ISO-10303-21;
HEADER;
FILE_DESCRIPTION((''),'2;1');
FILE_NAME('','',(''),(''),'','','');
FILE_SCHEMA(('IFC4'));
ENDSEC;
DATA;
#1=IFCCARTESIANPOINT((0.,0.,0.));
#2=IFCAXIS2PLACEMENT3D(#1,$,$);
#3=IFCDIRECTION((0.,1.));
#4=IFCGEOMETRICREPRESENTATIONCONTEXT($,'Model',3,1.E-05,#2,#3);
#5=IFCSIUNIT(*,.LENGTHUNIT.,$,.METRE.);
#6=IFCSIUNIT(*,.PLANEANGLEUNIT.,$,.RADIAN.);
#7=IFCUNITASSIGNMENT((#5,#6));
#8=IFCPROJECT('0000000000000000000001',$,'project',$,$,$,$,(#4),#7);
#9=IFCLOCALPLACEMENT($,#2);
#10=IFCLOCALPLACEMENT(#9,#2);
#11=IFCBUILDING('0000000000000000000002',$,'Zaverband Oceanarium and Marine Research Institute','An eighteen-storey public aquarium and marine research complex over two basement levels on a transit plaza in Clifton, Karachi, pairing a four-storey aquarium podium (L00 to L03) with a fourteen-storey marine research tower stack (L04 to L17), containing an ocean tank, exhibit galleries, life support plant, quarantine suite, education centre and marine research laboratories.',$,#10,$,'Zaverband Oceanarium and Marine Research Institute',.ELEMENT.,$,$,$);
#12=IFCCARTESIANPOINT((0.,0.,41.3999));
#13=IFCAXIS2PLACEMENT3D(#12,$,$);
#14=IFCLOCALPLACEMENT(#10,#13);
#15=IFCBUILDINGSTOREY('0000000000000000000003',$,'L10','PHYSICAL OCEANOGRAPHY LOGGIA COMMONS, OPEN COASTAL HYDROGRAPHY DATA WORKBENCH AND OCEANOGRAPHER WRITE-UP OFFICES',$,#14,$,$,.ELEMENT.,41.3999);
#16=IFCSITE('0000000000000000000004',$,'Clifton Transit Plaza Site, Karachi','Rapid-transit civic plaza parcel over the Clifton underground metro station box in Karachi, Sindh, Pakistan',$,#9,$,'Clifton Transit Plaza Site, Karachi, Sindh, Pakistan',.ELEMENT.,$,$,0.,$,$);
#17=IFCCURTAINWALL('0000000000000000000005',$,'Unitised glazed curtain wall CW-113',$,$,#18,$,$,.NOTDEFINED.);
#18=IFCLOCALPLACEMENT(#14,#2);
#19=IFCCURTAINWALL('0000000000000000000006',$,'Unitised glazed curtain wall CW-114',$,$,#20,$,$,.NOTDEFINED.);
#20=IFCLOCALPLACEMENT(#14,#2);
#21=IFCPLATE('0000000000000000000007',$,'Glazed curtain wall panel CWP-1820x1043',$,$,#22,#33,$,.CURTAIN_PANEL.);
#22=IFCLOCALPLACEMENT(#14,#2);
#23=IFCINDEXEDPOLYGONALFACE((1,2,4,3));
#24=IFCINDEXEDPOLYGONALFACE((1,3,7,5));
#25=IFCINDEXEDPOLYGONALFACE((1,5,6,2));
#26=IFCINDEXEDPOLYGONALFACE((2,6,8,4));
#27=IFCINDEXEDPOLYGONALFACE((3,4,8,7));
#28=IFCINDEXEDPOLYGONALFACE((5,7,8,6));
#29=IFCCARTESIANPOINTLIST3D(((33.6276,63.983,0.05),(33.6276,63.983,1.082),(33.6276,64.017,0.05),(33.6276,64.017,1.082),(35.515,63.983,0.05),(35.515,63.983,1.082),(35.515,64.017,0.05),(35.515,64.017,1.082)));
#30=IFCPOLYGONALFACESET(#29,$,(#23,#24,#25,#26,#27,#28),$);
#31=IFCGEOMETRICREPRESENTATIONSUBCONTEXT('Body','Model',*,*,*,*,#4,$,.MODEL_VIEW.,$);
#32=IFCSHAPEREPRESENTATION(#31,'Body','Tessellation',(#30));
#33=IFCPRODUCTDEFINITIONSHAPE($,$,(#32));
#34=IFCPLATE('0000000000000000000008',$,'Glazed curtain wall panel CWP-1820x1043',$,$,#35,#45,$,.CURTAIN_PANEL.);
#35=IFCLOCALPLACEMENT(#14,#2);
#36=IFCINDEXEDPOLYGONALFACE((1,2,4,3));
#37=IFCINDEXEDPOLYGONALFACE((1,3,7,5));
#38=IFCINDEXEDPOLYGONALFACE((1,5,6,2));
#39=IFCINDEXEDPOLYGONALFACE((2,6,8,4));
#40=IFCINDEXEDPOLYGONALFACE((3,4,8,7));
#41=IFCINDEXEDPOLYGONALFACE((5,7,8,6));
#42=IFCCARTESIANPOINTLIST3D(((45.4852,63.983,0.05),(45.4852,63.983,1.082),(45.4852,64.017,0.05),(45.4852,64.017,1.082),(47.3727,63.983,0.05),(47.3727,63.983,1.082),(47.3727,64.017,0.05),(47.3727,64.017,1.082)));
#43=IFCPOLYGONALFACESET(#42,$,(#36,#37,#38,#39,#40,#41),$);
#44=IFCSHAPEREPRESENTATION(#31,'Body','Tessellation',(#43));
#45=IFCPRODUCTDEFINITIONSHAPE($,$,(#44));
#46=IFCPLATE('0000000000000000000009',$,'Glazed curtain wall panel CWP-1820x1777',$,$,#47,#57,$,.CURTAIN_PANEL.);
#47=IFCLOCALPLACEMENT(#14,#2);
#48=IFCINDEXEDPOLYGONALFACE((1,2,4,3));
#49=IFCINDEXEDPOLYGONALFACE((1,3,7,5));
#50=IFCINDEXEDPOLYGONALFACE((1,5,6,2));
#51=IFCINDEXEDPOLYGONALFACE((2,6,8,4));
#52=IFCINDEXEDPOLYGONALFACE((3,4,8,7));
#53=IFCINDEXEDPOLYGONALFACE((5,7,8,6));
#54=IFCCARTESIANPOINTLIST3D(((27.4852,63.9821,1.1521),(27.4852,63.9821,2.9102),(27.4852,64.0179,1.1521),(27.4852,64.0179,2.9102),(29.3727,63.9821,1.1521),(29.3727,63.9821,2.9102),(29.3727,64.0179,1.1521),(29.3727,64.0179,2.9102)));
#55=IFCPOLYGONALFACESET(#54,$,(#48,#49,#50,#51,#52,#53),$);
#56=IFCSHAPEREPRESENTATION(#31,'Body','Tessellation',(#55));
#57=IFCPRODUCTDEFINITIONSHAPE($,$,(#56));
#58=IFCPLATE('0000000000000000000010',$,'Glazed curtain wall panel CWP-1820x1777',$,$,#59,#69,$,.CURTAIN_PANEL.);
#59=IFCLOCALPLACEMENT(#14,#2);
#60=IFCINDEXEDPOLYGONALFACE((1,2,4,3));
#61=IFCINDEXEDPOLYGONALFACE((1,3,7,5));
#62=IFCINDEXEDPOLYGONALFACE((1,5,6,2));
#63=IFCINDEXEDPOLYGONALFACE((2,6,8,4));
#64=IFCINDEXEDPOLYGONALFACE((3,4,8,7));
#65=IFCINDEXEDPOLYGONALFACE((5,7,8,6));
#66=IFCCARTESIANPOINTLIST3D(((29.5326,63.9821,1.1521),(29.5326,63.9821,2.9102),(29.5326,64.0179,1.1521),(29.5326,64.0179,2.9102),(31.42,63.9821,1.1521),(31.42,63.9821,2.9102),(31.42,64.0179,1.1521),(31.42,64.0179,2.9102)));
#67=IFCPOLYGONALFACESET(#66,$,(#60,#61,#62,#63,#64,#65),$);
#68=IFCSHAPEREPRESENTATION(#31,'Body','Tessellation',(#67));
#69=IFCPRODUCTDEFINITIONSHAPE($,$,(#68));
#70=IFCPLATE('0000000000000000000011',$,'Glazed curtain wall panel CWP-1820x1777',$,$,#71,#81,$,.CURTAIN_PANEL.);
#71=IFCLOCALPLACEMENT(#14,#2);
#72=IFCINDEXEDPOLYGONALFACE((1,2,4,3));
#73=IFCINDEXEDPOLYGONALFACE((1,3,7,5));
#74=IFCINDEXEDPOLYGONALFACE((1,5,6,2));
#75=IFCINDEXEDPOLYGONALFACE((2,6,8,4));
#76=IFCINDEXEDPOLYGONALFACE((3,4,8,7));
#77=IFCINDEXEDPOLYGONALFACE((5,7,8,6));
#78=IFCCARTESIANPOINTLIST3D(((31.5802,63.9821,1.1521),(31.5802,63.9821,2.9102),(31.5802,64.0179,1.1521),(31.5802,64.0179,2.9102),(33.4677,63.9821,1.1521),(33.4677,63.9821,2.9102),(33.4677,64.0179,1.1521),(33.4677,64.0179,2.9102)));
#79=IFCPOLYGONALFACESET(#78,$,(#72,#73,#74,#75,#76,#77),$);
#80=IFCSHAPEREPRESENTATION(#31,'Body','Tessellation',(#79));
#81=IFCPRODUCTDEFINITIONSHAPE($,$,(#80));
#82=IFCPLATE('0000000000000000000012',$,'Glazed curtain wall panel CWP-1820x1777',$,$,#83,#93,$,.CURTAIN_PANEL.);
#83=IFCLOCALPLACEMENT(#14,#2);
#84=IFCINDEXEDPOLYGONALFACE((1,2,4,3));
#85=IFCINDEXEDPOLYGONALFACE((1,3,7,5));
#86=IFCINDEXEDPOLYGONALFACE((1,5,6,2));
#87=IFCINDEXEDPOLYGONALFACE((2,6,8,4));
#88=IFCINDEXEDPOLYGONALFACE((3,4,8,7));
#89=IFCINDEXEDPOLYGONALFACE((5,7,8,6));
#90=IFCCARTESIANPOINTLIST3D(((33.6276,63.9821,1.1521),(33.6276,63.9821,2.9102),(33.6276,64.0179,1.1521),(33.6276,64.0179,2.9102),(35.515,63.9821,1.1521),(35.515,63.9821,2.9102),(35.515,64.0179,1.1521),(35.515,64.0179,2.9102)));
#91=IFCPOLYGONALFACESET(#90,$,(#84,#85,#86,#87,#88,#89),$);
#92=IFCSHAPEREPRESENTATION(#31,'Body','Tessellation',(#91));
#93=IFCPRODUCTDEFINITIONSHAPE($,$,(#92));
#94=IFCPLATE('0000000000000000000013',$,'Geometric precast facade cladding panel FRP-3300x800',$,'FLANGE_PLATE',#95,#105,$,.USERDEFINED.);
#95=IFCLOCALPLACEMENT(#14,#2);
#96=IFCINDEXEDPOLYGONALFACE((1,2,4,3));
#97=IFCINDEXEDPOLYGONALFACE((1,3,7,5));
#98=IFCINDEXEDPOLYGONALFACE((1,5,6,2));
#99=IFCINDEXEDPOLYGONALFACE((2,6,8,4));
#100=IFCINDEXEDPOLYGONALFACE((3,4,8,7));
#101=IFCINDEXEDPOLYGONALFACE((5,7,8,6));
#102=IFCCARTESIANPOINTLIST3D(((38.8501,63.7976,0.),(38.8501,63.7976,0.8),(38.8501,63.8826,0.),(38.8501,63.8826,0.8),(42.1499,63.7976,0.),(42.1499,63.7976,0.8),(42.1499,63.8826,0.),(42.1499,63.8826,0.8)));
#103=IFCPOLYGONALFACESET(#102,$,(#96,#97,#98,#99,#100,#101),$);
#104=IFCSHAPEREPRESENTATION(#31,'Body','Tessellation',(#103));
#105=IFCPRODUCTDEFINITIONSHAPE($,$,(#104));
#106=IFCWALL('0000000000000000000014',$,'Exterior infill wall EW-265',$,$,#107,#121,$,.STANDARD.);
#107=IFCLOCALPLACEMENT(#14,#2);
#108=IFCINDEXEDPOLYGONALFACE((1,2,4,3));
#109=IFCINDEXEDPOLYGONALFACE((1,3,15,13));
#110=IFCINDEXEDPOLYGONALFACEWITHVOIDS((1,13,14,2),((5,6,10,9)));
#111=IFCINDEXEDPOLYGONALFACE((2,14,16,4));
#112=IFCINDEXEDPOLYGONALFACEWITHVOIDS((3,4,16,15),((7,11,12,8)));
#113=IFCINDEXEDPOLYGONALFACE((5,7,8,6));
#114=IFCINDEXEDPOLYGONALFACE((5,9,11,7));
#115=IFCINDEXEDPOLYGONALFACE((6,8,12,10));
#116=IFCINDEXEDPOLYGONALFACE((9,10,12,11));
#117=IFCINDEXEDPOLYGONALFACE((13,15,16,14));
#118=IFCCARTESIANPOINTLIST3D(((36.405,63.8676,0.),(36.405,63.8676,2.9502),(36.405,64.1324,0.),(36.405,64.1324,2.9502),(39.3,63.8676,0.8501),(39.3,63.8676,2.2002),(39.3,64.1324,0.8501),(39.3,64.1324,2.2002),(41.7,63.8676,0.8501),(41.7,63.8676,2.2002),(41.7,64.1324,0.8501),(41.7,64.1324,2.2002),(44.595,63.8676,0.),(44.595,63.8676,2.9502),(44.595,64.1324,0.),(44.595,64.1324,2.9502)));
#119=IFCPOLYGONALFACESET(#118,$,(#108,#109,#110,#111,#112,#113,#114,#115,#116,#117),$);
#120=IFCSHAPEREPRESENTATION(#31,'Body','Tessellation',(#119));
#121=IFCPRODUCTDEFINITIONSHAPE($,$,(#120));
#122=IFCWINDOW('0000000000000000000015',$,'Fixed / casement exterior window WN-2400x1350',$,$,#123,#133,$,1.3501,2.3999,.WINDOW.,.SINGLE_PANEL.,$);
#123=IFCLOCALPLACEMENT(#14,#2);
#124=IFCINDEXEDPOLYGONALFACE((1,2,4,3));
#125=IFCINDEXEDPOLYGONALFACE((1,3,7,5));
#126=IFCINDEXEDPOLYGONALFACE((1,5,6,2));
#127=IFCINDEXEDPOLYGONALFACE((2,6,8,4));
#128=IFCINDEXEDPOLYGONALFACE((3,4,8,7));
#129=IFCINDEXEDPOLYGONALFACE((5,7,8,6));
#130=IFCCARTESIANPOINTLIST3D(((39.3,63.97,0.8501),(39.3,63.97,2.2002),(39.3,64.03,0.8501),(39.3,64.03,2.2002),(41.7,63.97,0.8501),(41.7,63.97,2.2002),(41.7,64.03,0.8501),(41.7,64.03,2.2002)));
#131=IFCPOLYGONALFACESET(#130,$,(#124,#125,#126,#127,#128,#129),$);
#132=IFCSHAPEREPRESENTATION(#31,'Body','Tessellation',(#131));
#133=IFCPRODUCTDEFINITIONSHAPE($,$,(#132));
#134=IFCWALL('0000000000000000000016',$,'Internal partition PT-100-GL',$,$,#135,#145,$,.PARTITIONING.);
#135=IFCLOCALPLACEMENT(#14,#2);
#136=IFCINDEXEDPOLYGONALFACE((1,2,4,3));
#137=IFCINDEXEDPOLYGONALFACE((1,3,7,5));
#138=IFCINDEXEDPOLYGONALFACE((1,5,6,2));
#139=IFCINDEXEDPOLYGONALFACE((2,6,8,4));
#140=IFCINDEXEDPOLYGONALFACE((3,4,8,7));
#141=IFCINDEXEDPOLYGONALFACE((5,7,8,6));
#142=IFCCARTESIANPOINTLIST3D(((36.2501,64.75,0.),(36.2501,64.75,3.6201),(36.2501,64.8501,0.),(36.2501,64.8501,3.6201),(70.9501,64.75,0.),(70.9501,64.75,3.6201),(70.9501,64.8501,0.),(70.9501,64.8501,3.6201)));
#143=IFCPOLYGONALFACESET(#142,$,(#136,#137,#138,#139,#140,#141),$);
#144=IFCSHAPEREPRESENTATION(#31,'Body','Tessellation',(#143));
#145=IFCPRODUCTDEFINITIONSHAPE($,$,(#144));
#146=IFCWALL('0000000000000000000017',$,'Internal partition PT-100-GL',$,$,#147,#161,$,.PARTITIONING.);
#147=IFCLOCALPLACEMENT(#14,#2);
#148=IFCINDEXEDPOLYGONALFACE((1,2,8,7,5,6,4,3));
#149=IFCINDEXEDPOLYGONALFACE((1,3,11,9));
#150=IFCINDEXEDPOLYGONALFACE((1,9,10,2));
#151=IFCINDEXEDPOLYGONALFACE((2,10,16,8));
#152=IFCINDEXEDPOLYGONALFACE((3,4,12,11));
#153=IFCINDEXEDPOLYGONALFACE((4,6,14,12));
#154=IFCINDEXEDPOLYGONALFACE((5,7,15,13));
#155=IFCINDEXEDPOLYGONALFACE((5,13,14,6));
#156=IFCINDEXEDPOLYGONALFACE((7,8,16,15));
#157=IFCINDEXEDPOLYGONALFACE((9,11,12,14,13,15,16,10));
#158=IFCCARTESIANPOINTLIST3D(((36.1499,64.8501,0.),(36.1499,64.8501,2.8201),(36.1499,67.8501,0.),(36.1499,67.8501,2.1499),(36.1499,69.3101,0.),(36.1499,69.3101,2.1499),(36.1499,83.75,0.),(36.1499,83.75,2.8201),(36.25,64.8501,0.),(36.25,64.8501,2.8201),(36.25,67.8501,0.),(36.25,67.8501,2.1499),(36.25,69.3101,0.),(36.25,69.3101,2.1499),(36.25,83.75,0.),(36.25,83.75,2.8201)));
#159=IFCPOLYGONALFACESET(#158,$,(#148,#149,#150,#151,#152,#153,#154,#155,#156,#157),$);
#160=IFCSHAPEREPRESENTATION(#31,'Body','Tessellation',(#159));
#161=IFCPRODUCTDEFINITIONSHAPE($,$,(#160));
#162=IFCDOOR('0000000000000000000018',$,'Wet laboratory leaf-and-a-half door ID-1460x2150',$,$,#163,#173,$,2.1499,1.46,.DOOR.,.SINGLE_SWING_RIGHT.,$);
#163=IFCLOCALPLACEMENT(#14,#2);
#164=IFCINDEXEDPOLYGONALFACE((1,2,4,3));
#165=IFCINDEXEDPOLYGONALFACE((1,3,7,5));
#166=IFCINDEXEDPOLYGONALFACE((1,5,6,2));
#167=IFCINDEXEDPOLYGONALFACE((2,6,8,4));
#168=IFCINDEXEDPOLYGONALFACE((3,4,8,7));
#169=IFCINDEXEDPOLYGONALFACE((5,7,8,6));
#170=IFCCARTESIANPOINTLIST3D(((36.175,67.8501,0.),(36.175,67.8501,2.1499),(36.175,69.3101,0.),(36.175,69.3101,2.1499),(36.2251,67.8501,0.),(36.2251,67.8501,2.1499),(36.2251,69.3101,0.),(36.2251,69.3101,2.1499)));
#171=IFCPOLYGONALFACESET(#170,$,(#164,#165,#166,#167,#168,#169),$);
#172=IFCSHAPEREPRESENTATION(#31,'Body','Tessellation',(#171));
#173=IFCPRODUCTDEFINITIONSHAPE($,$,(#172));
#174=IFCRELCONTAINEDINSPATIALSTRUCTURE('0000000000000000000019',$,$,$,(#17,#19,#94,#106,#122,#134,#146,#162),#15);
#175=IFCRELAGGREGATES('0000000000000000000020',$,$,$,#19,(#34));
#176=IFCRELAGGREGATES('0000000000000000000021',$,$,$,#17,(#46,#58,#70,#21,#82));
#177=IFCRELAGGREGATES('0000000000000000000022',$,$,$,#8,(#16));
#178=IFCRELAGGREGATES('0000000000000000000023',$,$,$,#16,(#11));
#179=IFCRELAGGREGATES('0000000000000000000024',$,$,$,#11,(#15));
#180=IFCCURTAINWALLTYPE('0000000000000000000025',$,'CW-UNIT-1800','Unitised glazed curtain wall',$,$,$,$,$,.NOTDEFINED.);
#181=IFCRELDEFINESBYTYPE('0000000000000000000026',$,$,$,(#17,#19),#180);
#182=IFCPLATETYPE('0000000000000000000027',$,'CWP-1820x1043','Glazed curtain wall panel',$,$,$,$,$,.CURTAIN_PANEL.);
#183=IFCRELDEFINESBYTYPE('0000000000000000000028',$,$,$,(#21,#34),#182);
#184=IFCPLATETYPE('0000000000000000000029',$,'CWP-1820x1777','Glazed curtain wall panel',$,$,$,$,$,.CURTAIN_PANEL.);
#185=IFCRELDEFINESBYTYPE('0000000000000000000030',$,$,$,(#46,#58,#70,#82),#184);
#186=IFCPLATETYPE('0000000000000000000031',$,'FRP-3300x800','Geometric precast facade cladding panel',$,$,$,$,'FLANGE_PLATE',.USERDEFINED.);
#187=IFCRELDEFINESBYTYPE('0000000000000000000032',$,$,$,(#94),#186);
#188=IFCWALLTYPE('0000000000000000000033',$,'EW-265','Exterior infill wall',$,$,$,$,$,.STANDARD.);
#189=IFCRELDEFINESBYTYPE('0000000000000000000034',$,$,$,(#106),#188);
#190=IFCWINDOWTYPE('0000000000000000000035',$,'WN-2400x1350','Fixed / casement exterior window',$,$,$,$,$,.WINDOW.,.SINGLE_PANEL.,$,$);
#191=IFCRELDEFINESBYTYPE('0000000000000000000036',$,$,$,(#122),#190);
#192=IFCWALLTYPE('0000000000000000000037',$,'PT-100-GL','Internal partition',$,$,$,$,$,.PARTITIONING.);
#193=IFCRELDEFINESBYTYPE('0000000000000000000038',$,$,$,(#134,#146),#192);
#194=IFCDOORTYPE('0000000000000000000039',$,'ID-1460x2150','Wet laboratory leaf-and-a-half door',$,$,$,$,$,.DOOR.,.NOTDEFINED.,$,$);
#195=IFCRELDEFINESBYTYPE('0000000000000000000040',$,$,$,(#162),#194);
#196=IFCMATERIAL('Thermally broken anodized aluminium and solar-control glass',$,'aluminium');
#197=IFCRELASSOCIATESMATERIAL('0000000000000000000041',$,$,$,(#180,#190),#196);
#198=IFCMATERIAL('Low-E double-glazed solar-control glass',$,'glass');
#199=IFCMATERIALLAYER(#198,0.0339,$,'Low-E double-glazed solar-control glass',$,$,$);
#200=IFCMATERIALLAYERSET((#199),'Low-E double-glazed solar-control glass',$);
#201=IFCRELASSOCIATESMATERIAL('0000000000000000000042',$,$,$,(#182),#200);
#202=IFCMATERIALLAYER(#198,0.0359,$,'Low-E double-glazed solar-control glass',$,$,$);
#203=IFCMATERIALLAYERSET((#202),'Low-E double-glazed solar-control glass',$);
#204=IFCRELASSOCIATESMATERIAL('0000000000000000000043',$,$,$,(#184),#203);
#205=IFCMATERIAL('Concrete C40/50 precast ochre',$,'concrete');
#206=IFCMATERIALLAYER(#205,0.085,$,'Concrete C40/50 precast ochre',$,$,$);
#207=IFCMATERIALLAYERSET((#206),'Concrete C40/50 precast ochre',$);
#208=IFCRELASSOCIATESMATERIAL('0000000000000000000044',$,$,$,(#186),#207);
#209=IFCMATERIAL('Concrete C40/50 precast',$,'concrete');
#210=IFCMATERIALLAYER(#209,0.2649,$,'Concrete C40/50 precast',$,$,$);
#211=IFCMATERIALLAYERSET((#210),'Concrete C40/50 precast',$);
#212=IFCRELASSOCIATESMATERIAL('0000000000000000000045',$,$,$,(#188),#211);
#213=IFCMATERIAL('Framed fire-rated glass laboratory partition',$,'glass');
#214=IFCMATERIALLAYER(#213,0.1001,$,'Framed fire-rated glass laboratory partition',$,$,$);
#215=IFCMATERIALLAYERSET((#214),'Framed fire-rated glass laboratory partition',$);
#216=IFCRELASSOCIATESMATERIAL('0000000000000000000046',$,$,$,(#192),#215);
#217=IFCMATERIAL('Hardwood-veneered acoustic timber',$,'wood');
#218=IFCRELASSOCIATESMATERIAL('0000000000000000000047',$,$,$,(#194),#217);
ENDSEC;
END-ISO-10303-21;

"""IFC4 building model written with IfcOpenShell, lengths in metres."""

from ifc_helpers import new_model, si_unit, direction, frame, frame_2d, origin, place, context, subcontext, project, spatial, rectangle, extrude, material, layer, layer_set, type_object, element, fill, aggregate, save


model = new_model("IFC4")

# Units and contexts
model_context = context("Model", 3, precision=1e-05, world=origin(), true_north=direction((0.0, 1.0)))
body_context = subcontext(model_context, "Body", "Model", "MODEL_VIEW")
ifc_project = project(units=[si_unit("LENGTHUNIT", "METRE"), si_unit("PLANEANGLEUNIT", "RADIAN")], contexts=[model_context])

# Site, building, storey
site_placement = place(None, origin())
site = spatial("IfcSite", under=ifc_project, at=site_placement, Name="Clifton Transit Plaza Site, Karachi", Description="Rapid-transit civic plaza parcel over the Clifton underground metro station box in Karachi, Sindh, Pakistan", LongName="Clifton Transit Plaza Site, Karachi, Sindh, Pakistan", CompositionType="ELEMENT", RefElevation=0.0)
building_placement = place(site_placement, origin())
building = spatial("IfcBuilding", under=site, at=building_placement, Name="Zaverband Oceanarium and Marine Research Institute", Description="An eighteen-storey public aquarium and marine research complex over two basement levels on a transit plaza in Clifton, Karachi, pairing a four-storey aquarium podium (L00 to L03) with a fourteen-storey marine research tower stack (L04 to L17), containing an ocean tank, exhibit galleries, life support plant, quarantine suite, education centre and marine research laboratories.", LongName="Zaverband Oceanarium and Marine Research Institute", CompositionType="ELEMENT")
storey_placement = place(building_placement, frame((0.0, 0.0, 41.3999)))
storey = spatial("IfcBuildingStorey", under=building, at=storey_placement, Name="L10", Description="PHYSICAL OCEANOGRAPHY LOGGIA COMMONS, OPEN COASTAL HYDROGRAPHY DATA WORKBENCH AND OCEANOGRAPHER WRITE-UP OFFICES", CompositionType="ELEMENT", Elevation=41.3999)

# Curtain wall
ifc_material_1 = material(Name="Thermally broken anodized aluminium and solar-control glass", Category="aluminium")
curtain_wall_type = type_object("IfcCurtainWallType", Name="CW-UNIT-1800", Description="Unitised glazed curtain wall", PredefinedType="NOTDEFINED", material=ifc_material_1)
curtain_wall_1_placement = place(storey_placement, origin())
curtain_wall_1 = element("IfcCurtainWall", 1, at=curtain_wall_1_placement, inside=storey, type_object=curtain_wall_type, Name="Unitised glazed curtain wall CW-113", PredefinedType="NOTDEFINED")

# Curtain wall
curtain_wall_2_placement = place(storey_placement, origin())
curtain_wall_2 = element("IfcCurtainWall", 2, at=curtain_wall_2_placement, inside=storey, type_object=curtain_wall_type, Name="Unitised glazed curtain wall CW-114", PredefinedType="NOTDEFINED")

# Plates
ifc_material_2 = material(Name="Low-E double-glazed solar-control glass", Category="glass")
ifc_layer_1 = layer(ifc_material_2, 0.0339, Name="Low-E double-glazed solar-control glass")
ifc_layer_set_1 = layer_set([ifc_layer_1], Name="Low-E double-glazed solar-control glass")
plate_type_1 = type_object("IfcPlateType", Name="CWP-1820x1043", Description="Glazed curtain wall panel", PredefinedType="CURTAIN_PANEL", material=ifc_layer_set_1)
plate_1_placement = place(storey_placement, frame((33.6274, 64.0, 0.05), z_axis=(0.0, 0.0, 1.0), x_axis=(1.0, 0.0, 0.0)))
plate_1 = element("IfcPlate", 3, at=plate_1_placement, type_object=plate_type_1, Name="Glazed curtain wall panel CWP-1820x1043", PredefinedType="CURTAIN_PANEL", context=body_context, shape_type="SweptSolid", body=[
    extrude(rectangle(XDim=1.8875, YDim=0.0339, at=frame_2d((0.9438, 0.0))), origin(), (0.0, 0.0, 1.0), 1.032),
])
plate_2_placement = place(storey_placement, frame((45.4851, 64.0, 0.05), z_axis=(0.0, 0.0, 1.0), x_axis=(1.0, 0.0, 0.0)))
plate_2 = element("IfcPlate", 4, at=plate_2_placement, type_object=plate_type_1, Name="Glazed curtain wall panel CWP-1820x1043", PredefinedType="CURTAIN_PANEL", context=body_context, shape_type="SweptSolid", body=[
    extrude(rectangle(XDim=1.8875, YDim=0.0339, at=frame_2d((0.9438, 0.0))), origin(), (0.0, 0.0, 1.0), 1.032),
])
aggregate(curtain_wall_2, [plate_2])
ifc_layer_2 = layer(ifc_material_2, 0.0359, Name="Low-E double-glazed solar-control glass")
ifc_layer_set_2 = layer_set([ifc_layer_2], Name="Low-E double-glazed solar-control glass")
plate_type_2 = type_object("IfcPlateType", Name="CWP-1820x1777", Description="Glazed curtain wall panel", PredefinedType="CURTAIN_PANEL", material=ifc_layer_set_2)
plate_3_placement = place(storey_placement, frame((27.4851, 64.0, 1.1521), z_axis=(0.0, 0.0, 1.0), x_axis=(1.0, 0.0, 0.0)))
plate_3 = element("IfcPlate", 5, at=plate_3_placement, type_object=plate_type_2, Name="Glazed curtain wall panel CWP-1820x1777", PredefinedType="CURTAIN_PANEL", context=body_context, shape_type="SweptSolid", body=[
    extrude(rectangle(XDim=1.8875, YDim=0.0359, at=frame_2d((0.9438, 0.0))), origin(), (0.0, 0.0, 1.0), 1.7581),
])
plate_4_placement = place(storey_placement, frame((29.5325, 64.0, 1.1521), z_axis=(0.0, 0.0, 1.0), x_axis=(1.0, 0.0, 0.0)))
plate_4 = element("IfcPlate", 6, at=plate_4_placement, type_object=plate_type_2, Name="Glazed curtain wall panel CWP-1820x1777", PredefinedType="CURTAIN_PANEL", context=body_context, shape_type="SweptSolid", body=[
    extrude(rectangle(XDim=1.8875, YDim=0.0359, at=frame_2d((0.9438, 0.0))), origin(), (0.0, 0.0, 1.0), 1.7581),
])
plate_5_placement = place(storey_placement, frame((31.5801, 64.0, 1.1521), z_axis=(0.0, 0.0, 1.0), x_axis=(1.0, 0.0, 0.0)))
plate_5 = element("IfcPlate", 7, at=plate_5_placement, type_object=plate_type_2, Name="Glazed curtain wall panel CWP-1820x1777", PredefinedType="CURTAIN_PANEL", context=body_context, shape_type="SweptSolid", body=[
    extrude(rectangle(XDim=1.8875, YDim=0.0359, at=frame_2d((0.9438, 0.0))), origin(), (0.0, 0.0, 1.0), 1.7581),
])
plate_6_placement = place(storey_placement, frame((33.6274, 64.0, 1.1521), z_axis=(0.0, 0.0, 1.0), x_axis=(1.0, 0.0, 0.0)))
plate_6 = element("IfcPlate", 8, at=plate_6_placement, type_object=plate_type_2, Name="Glazed curtain wall panel CWP-1820x1777", PredefinedType="CURTAIN_PANEL", context=body_context, shape_type="SweptSolid", body=[
    extrude(rectangle(XDim=1.8875, YDim=0.0359, at=frame_2d((0.9438, 0.0))), origin(), (0.0, 0.0, 1.0), 1.7581),
])
aggregate(curtain_wall_1, [plate_3, plate_4, plate_5, plate_1, plate_6])
ifc_material_3 = material(Name="Concrete C40/50 precast ochre", Category="concrete")
ifc_layer_3 = layer(ifc_material_3, 0.085, Name="Concrete C40/50 precast ochre")
ifc_layer_set_3 = layer_set([ifc_layer_3], Name="Concrete C40/50 precast ochre")
plate_type_3 = type_object("IfcPlateType", Name="FRP-3300x800", Description="Geometric precast facade cladding panel", ElementType="FLANGE_PLATE", PredefinedType="USERDEFINED", material=ifc_layer_set_3)
plate_7_placement = place(storey_placement, frame((38.8501, 63.8401, 0.0), z_axis=(0.0, 0.0, 1.0), x_axis=(1.0, 0.0, 0.0)))
element("IfcPlate", 9, at=plate_7_placement, inside=storey, type_object=plate_type_3, Name="Geometric precast facade cladding panel FRP-3300x800", ObjectType="FLANGE_PLATE", PredefinedType="USERDEFINED", context=body_context, shape_type="SweptSolid", body=[
    extrude(rectangle(XDim=3.2998, YDim=0.085, at=frame_2d((1.6499, 0.0))), origin(), (0.0, 0.0, 1.0), 0.8),
])

# Wall, opening, window
ifc_material_4 = material(Name="Concrete C40/50 precast", Category="concrete")
ifc_layer_4 = layer(ifc_material_4, 0.2649, Name="Concrete C40/50 precast")
ifc_layer_set_4 = layer_set([ifc_layer_4], Name="Concrete C40/50 precast")
wall_type_1 = type_object("IfcWallType", Name="EW-265", Description="Exterior infill wall", PredefinedType="STANDARD", material=ifc_layer_set_4)
wall_1_placement = place(storey_placement, frame((36.405, 64.0, 0.0), z_axis=(0.0, 0.0, 1.0), x_axis=(1.0, 0.0, 0.0)))
wall_1 = element("IfcWall", 10, at=wall_1_placement, inside=storey, type_object=wall_type_1, Name="Exterior infill wall EW-265", PredefinedType="STANDARD", context=body_context, shape_type="SweptSolid", body=[
    extrude(rectangle(XDim=8.1899, YDim=0.2649, at=frame_2d((4.095, 0.0))), origin(), (0.0, 0.0, 1.0), 2.9502),
])
opening_1_placement = place(wall_1_placement, frame((2.895, 0.0, 0.8501)))
opening_1 = element("IfcOpeningElement", 11, at=opening_1_placement, cuts=wall_1, PredefinedType="OPENING", context=body_context, shape_type="SweptSolid", body=[
    extrude(rectangle(XDim=2.3999, YDim=1.3501, at=frame_2d((1.2, 0.675))), frame((0.0, 0.1445, 0.0), z_axis=(0.0, -1.0, 0.0), x_axis=(1.0, 0.0, 0.0)), (0.0, 0.0, 1.0), 0.2888),
])
window_type = type_object("IfcWindowType", Name="WN-2400x1350", Description="Fixed / casement exterior window", PartitioningType="SINGLE_PANEL", PredefinedType="WINDOW", material=ifc_material_1)
window_placement = place(opening_1_placement, origin())
window = element("IfcWindow", 12, at=window_placement, inside=storey, type_object=window_type, Name="Fixed / casement exterior window WN-2400x1350", OverallHeight=1.3501, OverallWidth=2.3999, PartitioningType="SINGLE_PANEL", PredefinedType="WINDOW", context=body_context, shape_type="SweptSolid", body=[
    extrude(rectangle(XDim=2.3999, YDim=1.3501, at=frame_2d((1.2, 0.675))), frame((0.0, 0.03, 0.0), z_axis=(0.0, -1.0, 0.0), x_axis=(1.0, 0.0, 0.0)), (0.0, 0.0, 1.0), 0.0601),
])
fill(opening_1, window)

# Wall
ifc_material_5 = material(Name="Framed fire-rated glass laboratory partition", Category="glass")
ifc_layer_5 = layer(ifc_material_5, 0.1001, Name="Framed fire-rated glass laboratory partition")
ifc_layer_set_5 = layer_set([ifc_layer_5], Name="Framed fire-rated glass laboratory partition")
wall_type_2 = type_object("IfcWallType", Name="PT-100-GL", Description="Internal partition", PredefinedType="PARTITIONING", material=ifc_layer_set_5)
wall_2_placement = place(storey_placement, frame((36.25, 64.8, 0.0), z_axis=(0.0, 0.0, 1.0), x_axis=(1.0, 0.0, 0.0)))
element("IfcWall", 13, at=wall_2_placement, inside=storey, type_object=wall_type_2, Name="Internal partition PT-100-GL", PredefinedType="PARTITIONING", context=body_context, shape_type="SweptSolid", body=[
    extrude(rectangle(XDim=34.7, YDim=0.1001, at=frame_2d((17.3501, 0.0))), origin(), (0.0, 0.0, 1.0), 3.6201),
])

# Wall, opening, door
wall_3_placement = place(storey_placement, frame((36.2, 64.8501, 0.0), z_axis=(0.0, 0.0, 1.0), x_axis=(0.0, 1.0, 0.0)))
wall_3 = element("IfcWall", 14, at=wall_3_placement, inside=storey, type_object=wall_type_2, Name="Internal partition PT-100-GL", PredefinedType="PARTITIONING", context=body_context, shape_type="SweptSolid", body=[
    extrude(rectangle(XDim=18.8999, YDim=0.1001, at=frame_2d((9.45, 0.0))), origin(), (0.0, 0.0, 1.0), 2.8201),
])
opening_2_placement = place(wall_3_placement, frame((3.0, 0.0, 0.0)))
opening_2 = element("IfcOpeningElement", 15, at=opening_2_placement, cuts=wall_3, PredefinedType="OPENING", context=body_context, shape_type="SweptSolid", body=[
    extrude(rectangle(XDim=1.46, YDim=2.1499, at=frame_2d((0.73, 1.075))), frame((0.0, 0.062, 0.0), z_axis=(0.0, -1.0, 0.0), x_axis=(1.0, 0.0, 0.0)), (0.0, 0.0, 1.0), 0.124),
])
ifc_material_6 = material(Name="Hardwood-veneered acoustic timber", Category="wood")
door_type = type_object("IfcDoorType", Name="ID-1460x2150", Description="Wet laboratory leaf-and-a-half door", OperationType="NOTDEFINED", PredefinedType="DOOR", material=ifc_material_6)
door_placement = place(opening_2_placement, origin())
door = element("IfcDoor", 16, at=door_placement, inside=storey, type_object=door_type, Name="Wet laboratory leaf-and-a-half door ID-1460x2150", OperationType="SINGLE_SWING_RIGHT", OverallHeight=2.1499, OverallWidth=1.46, PredefinedType="DOOR", context=body_context, shape_type="SweptSolid", body=[
    extrude(rectangle(XDim=1.46, YDim=2.1499, at=frame_2d((0.73, 1.075))), frame((0.0, 0.0249, 0.0), z_axis=(0.0, -1.0, 0.0), x_axis=(1.0, 0.0, 0.0)), (0.0, 0.0, 1.0), 0.05),
])
fill(opening_2, door)

save(model, "model.ifc")
